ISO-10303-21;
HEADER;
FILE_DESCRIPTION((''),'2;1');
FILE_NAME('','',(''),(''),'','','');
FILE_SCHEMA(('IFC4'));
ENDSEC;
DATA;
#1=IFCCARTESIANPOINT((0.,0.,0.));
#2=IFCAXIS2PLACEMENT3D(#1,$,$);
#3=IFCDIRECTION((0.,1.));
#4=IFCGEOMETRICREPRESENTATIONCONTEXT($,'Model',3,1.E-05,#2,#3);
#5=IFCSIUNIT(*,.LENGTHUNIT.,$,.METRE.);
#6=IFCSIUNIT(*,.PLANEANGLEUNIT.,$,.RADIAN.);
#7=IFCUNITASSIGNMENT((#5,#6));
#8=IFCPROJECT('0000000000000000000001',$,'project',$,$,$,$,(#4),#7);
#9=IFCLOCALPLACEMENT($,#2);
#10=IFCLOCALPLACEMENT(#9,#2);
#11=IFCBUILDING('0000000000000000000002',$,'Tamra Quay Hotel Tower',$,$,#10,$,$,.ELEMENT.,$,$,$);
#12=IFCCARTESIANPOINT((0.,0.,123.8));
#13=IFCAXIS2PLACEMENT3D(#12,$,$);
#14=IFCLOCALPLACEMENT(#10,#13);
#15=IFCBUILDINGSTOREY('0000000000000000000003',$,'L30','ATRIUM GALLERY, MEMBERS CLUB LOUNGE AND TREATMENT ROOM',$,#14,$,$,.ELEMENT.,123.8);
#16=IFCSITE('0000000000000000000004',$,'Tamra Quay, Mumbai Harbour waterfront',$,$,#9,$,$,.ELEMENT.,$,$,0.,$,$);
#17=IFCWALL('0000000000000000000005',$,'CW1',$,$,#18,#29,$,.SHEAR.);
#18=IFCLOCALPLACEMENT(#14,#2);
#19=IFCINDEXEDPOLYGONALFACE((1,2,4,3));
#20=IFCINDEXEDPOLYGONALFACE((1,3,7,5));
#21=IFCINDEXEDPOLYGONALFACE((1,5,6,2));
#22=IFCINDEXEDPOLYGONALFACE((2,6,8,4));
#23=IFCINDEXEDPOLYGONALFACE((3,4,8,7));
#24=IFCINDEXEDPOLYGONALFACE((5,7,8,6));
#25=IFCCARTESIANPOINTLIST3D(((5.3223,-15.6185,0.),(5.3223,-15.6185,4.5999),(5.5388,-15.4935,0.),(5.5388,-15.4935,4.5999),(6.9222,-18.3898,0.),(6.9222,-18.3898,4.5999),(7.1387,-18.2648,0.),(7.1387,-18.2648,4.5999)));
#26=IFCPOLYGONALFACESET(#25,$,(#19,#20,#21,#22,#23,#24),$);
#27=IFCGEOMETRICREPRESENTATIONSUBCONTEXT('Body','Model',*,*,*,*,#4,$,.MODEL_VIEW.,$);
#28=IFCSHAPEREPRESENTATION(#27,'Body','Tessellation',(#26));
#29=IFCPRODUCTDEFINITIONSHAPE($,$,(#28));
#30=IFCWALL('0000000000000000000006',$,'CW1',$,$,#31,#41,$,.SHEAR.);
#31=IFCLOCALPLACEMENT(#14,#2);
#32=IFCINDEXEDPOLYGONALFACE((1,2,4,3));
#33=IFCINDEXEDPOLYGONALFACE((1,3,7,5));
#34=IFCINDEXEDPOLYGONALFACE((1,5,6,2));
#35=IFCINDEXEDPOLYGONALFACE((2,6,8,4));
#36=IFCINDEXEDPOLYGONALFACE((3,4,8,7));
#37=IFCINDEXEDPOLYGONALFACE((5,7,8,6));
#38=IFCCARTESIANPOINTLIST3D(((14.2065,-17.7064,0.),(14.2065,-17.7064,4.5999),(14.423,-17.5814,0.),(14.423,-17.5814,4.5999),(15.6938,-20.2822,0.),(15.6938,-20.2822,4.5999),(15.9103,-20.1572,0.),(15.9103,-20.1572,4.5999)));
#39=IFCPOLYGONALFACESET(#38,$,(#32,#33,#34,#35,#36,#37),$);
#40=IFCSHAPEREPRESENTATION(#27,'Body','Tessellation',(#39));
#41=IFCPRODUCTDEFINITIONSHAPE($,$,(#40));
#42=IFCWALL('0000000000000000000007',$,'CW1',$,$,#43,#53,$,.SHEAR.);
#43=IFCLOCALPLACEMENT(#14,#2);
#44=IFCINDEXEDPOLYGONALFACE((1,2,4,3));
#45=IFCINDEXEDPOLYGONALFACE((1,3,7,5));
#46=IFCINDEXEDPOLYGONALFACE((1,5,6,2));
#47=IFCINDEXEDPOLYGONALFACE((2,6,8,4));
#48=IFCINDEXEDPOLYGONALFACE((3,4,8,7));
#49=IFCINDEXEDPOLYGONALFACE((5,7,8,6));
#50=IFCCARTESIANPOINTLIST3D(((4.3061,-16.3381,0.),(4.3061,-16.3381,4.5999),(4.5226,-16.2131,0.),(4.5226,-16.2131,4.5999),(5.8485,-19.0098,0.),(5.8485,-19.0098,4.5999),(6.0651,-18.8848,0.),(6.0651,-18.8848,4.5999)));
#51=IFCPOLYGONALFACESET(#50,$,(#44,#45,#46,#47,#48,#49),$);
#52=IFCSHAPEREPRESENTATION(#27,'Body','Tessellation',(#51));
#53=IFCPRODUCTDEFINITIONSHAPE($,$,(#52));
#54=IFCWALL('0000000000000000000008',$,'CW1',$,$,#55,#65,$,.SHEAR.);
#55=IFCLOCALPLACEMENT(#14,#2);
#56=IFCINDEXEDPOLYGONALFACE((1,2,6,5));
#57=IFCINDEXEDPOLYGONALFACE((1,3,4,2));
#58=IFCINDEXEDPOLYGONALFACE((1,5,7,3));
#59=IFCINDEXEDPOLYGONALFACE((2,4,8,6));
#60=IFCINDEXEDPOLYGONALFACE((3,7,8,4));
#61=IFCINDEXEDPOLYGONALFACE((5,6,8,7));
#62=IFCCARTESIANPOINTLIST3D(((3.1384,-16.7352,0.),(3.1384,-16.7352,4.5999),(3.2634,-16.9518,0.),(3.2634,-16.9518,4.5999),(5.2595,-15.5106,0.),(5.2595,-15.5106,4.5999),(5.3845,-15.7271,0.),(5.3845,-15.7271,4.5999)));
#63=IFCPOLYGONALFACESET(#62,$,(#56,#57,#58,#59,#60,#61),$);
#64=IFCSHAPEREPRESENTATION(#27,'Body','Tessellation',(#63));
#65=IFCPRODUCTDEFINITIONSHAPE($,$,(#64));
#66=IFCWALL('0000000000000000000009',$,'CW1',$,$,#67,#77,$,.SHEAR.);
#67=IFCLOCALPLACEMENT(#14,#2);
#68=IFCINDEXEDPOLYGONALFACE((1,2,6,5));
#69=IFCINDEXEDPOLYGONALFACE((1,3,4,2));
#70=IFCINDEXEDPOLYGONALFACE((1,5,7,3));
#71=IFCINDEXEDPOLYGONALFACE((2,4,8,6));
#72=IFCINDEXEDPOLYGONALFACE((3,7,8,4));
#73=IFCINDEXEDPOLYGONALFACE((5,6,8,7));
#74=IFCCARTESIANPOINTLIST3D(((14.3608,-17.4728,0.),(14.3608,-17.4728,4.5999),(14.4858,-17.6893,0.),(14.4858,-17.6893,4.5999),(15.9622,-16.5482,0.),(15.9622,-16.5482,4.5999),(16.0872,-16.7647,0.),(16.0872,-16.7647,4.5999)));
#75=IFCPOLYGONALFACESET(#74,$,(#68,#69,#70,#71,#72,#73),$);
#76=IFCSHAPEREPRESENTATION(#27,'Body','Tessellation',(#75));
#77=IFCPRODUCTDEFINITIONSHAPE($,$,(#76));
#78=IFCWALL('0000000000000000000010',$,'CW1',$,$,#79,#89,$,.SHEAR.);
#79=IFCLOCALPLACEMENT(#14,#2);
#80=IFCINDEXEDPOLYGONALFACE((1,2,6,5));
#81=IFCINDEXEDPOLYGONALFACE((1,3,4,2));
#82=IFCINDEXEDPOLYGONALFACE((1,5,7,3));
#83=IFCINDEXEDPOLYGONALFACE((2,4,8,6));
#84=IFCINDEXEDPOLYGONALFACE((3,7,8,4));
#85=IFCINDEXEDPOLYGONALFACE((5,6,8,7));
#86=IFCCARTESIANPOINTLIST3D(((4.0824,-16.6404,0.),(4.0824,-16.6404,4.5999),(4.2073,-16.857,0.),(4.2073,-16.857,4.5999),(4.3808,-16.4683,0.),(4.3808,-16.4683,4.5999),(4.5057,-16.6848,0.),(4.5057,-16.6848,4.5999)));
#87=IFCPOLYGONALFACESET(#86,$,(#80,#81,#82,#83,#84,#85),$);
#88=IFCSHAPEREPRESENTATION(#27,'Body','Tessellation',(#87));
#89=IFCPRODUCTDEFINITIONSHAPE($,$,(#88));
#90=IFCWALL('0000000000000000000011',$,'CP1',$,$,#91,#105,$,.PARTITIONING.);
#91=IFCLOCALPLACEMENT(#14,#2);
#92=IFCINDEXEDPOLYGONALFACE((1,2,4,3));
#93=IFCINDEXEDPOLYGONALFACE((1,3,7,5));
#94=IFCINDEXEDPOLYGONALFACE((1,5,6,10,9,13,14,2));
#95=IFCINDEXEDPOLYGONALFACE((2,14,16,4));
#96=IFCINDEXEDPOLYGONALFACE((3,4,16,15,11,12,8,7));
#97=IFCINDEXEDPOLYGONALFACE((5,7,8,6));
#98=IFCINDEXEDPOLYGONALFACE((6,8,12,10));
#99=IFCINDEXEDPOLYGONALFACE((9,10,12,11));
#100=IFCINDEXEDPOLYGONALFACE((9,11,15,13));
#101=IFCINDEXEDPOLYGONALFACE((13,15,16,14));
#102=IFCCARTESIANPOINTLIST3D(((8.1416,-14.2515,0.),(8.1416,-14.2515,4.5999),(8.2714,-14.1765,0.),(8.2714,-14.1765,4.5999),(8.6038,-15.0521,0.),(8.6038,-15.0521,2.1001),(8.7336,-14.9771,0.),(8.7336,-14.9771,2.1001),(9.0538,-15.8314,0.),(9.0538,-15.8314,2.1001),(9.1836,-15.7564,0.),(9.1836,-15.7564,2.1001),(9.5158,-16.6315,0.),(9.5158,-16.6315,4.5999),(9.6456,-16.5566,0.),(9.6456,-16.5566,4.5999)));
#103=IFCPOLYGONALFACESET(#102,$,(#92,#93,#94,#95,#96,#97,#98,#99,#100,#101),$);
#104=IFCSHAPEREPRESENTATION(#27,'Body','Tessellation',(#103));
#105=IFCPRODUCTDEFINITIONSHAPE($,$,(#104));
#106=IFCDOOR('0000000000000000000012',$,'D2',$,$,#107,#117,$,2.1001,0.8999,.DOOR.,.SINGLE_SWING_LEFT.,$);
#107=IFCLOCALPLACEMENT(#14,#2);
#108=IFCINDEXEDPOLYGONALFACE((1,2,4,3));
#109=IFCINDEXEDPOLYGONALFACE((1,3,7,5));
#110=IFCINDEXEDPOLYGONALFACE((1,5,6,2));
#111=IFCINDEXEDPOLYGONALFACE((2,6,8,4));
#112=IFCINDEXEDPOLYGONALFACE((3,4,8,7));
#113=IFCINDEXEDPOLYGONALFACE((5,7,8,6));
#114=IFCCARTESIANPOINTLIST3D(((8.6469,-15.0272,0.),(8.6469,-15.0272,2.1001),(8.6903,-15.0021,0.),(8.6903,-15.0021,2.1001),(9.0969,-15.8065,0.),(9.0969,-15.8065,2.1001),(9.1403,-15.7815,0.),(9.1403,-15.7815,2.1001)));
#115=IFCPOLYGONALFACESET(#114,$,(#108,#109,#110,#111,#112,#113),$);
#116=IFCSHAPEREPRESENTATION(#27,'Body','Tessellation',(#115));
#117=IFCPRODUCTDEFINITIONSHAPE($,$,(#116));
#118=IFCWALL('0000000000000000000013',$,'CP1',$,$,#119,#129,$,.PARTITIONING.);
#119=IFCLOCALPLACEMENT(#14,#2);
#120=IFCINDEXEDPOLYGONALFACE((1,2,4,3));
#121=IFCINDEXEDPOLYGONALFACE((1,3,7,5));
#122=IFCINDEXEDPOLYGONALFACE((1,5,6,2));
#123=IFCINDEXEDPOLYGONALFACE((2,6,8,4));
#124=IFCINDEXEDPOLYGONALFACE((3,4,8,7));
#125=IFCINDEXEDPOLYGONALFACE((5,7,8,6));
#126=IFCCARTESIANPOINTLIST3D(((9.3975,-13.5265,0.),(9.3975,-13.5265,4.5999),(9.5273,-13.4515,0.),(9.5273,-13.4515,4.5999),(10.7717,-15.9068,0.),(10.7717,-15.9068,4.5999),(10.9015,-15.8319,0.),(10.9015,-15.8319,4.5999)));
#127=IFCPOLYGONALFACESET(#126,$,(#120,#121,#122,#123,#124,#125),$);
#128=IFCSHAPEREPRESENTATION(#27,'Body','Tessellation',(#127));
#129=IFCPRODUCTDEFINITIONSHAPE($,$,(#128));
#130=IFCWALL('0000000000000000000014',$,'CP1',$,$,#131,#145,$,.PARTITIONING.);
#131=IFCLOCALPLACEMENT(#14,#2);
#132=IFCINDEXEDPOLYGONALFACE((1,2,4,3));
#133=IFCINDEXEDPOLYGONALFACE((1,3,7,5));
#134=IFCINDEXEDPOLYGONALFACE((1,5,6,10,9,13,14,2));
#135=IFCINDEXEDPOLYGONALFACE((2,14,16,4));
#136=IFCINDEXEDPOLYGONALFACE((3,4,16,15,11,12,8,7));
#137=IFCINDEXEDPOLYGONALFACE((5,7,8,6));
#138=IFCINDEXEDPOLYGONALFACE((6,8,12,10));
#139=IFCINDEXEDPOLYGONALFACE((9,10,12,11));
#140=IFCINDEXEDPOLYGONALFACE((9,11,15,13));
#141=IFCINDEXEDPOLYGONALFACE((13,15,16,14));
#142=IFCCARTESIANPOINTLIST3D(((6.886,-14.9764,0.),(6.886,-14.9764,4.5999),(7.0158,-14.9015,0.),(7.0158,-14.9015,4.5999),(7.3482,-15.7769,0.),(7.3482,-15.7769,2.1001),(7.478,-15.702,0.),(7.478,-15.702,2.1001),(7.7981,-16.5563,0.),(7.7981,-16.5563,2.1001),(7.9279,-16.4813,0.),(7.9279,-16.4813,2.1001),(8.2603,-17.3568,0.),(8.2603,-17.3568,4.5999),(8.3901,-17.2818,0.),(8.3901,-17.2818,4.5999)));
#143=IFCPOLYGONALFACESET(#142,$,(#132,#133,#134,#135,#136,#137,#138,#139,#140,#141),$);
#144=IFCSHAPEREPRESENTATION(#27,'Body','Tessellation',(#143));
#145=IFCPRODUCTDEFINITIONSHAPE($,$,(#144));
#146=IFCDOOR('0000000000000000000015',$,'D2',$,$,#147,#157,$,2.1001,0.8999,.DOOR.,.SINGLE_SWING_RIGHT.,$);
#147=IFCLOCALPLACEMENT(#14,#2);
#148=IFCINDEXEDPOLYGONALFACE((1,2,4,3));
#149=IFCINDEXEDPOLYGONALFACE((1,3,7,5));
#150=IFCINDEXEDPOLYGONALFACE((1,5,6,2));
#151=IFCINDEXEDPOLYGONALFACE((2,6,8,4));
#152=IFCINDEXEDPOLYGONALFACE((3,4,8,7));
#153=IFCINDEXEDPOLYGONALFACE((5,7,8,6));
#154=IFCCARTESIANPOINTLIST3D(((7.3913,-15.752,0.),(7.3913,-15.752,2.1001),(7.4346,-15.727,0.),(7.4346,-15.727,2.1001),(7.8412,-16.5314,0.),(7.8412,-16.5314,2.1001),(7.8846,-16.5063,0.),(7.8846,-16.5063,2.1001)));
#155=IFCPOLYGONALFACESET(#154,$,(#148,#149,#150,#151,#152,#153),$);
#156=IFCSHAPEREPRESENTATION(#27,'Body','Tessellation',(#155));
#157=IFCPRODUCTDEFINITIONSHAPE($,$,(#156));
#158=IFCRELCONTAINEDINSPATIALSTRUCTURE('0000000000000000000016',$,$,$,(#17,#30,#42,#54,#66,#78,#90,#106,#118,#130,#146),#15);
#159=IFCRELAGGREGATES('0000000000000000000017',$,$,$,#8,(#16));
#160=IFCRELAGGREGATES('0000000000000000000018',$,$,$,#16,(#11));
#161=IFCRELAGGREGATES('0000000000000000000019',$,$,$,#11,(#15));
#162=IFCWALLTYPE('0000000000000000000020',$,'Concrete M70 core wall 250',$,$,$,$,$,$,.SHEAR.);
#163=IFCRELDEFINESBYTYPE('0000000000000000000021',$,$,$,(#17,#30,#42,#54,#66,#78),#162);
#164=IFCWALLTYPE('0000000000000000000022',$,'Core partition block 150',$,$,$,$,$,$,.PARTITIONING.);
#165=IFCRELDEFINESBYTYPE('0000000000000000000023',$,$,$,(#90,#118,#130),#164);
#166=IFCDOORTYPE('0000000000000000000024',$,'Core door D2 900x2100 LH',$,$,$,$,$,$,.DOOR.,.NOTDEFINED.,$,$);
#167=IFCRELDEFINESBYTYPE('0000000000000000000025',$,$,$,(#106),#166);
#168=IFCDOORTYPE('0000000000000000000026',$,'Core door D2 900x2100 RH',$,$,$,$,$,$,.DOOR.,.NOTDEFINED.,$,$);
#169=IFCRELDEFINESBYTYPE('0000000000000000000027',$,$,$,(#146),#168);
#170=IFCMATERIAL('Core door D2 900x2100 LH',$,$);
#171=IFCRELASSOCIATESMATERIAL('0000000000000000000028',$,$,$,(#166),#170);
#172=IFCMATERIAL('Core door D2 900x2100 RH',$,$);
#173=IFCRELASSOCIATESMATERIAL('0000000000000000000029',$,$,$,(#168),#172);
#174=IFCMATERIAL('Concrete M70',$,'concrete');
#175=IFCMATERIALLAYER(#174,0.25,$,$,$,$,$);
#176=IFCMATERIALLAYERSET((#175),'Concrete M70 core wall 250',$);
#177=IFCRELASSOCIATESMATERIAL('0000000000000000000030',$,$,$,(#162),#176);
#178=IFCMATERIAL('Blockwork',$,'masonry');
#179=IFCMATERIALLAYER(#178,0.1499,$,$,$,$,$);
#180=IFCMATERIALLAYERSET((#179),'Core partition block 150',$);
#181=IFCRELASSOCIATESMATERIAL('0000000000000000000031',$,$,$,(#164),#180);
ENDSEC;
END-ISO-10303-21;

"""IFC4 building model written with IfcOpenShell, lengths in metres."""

from ifc_helpers import new_model, si_unit, direction, frame, frame_2d, origin, place, context, subcontext, project, spatial, rectangle, extrude, material, layer, layer_set, type_object, element, fill, save


model = new_model("IFC4")

# Units and contexts
model_context = context("Model", 3, precision=1e-05, world=origin(), true_north=direction((0.0, 1.0)))
body_context = subcontext(model_context, "Body", "Model", "MODEL_VIEW")
ifc_project = project(units=[si_unit("LENGTHUNIT", "METRE"), si_unit("PLANEANGLEUNIT", "RADIAN")], contexts=[model_context])

# Site, building, storey
site_placement = place(None, origin())
site = spatial("IfcSite", under=ifc_project, at=site_placement, Name="Tamra Quay, Mumbai Harbour waterfront", CompositionType="ELEMENT", RefElevation=0.0)
building_placement = place(site_placement, origin())
building = spatial("IfcBuilding", under=site, at=building_placement, Name="Tamra Quay Hotel Tower", CompositionType="ELEMENT")
storey_placement = place(building_placement, frame((0.0, 0.0, 123.8)))
storey = spatial("IfcBuildingStorey", under=building, at=storey_placement, Name="L30", Description="ATRIUM GALLERY, MEMBERS CLUB LOUNGE AND TREATMENT ROOM", CompositionType="ELEMENT", Elevation=123.8)

# Shared definitions
ifc_material_1 = material(Name="Concrete M70", Category="concrete")

# Shared definitions
ifc_material_2 = material(Name="Core door D2 900x2100 LH")
door_type_1 = type_object("IfcDoorType", Name="Core door D2 900x2100 LH", OperationType="NOTDEFINED", PredefinedType="DOOR", material=ifc_material_2)
ifc_material_3 = material(Name="Core door D2 900x2100 RH")
door_type_2 = type_object("IfcDoorType", Name="Core door D2 900x2100 RH", OperationType="NOTDEFINED", PredefinedType="DOOR", material=ifc_material_3)

# Walls
ifc_layer_1 = layer(ifc_material_1, 0.25)
ifc_layer_set_1 = layer_set([ifc_layer_1], Name="Concrete M70 core wall 250")
wall_type_1 = type_object("IfcWallType", Name="Concrete M70 core wall 250", PredefinedType="SHEAR", material=ifc_layer_set_1)
wall_1_placement = place(storey_placement, frame((7.0305, -18.3274, 0.0), z_axis=(0.0, 0.0, 1.0), x_axis=(-0.499971, 0.866042, 0.0)))
element("IfcWall", 1, at=wall_1_placement, inside=storey, type_object=wall_type_1, Name="CW1", PredefinedType="SHEAR", context=body_context, shape_type="SweptSolid", body=[
    extrude(rectangle(XDim=3.2, YDim=0.25, at=frame_2d((1.6001, 0.0))), origin(), (0.0, 0.0, 1.0), 4.5999),
])
wall_2_placement = place(storey_placement, frame((14.3147, -17.6438, 0.0), z_axis=(0.0, 0.0, 1.0), x_axis=(0.500023, -0.866012, 0.0)))
element("IfcWall", 2, at=wall_2_placement, inside=storey, type_object=wall_type_1, Name="CW1", PredefinedType="SHEAR", context=body_context, shape_type="SweptSolid", body=[
    extrude(rectangle(XDim=2.9744, YDim=0.25, at=frame_2d((1.4873, 0.0))), origin(), (0.0, 0.0, 1.0), 4.5999),
])
wall_3_placement = place(storey_placement, frame((4.4143, -16.2756, 0.0), z_axis=(0.0, 0.0, 1.0), x_axis=(0.500003, -0.866023, 0.0)))
element("IfcWall", 3, at=wall_3_placement, inside=storey, type_object=wall_type_1, Name="CW1", PredefinedType="SHEAR", context=body_context, shape_type="SweptSolid", body=[
    extrude(rectangle(XDim=3.085, YDim=0.25, at=frame_2d((1.5425, 0.0))), origin(), (0.0, 0.0, 1.0), 4.5999),
])
wall_4_placement = place(storey_placement, frame((5.322, -15.6189, 0.0), z_axis=(0.0, 0.0, 1.0), x_axis=(-0.866026, -0.499999, 0.0)))
element("IfcWall", 4, at=wall_4_placement, inside=storey, type_object=wall_type_1, Name="CW1", PredefinedType="SHEAR", context=body_context, shape_type="SweptSolid", body=[
    extrude(rectangle(XDim=2.4492, YDim=0.25, at=frame_2d((1.2246, 0.0))), origin(), (0.0, 0.0, 1.0), 4.5999),
])
wall_5_placement = place(storey_placement, frame((16.0247, -16.6565, 0.0), z_axis=(0.0, 0.0, 1.0), x_axis=(-0.866016, -0.500016, 0.0)))
element("IfcWall", 5, at=wall_5_placement, inside=storey, type_object=wall_type_1, Name="CW1", PredefinedType="SHEAR", context=body_context, shape_type="SweptSolid", body=[
    extrude(rectangle(XDim=1.8491, YDim=0.25, at=frame_2d((0.9246, 0.0))), origin(), (0.0, 0.0, 1.0), 4.5999),
])
wall_6_placement = place(storey_placement, frame((4.1448, -16.7488, 0.0), z_axis=(0.0, 0.0, 1.0), x_axis=(0.866186, 0.499722, 0.0)))
element("IfcWall", 6, at=wall_6_placement, inside=storey, type_object=wall_type_1, Name="CW1", PredefinedType="SHEAR", context=body_context, shape_type="SweptSolid", body=[
    extrude(rectangle(XDim=0.3445, YDim=0.25, at=frame_2d((0.1724, 0.0))), origin(), (0.0, 0.0, 1.0), 4.5999),
])

# Wall, opening, door
ifc_material_4 = material(Name="Blockwork", Category="masonry")
ifc_layer_2 = layer(ifc_material_4, 0.1499)
ifc_layer_set_2 = layer_set([ifc_layer_2], Name="Core partition block 150")
wall_type_2 = type_object("IfcWallType", Name="Core partition block 150", PredefinedType="PARTITIONING", material=ifc_layer_set_2)
wall_7_placement = place(storey_placement, frame((8.2065, -14.2141, 0.0), z_axis=(0.0, 0.0, 1.0), x_axis=(0.500027, -0.86601, 0.0)))
wall_7 = element("IfcWall", 7, at=wall_7_placement, inside=storey, type_object=wall_type_2, Name="CP1", PredefinedType="PARTITIONING", context=body_context, shape_type="SweptSolid", body=[
    extrude(rectangle(XDim=2.7483, YDim=0.1499, at=frame_2d((1.374, 0.0))), origin(), (0.0, 0.0, 1.0), 4.5999),
])
opening_1_placement = place(wall_7_placement, frame((0.9243, 0.0, 0.0)))
opening_1 = element("IfcOpeningElement", 8, at=opening_1_placement, cuts=wall_7, PredefinedType="OPENING", context=body_context, shape_type="SweptSolid", body=[
    extrude(rectangle(XDim=0.8999, YDim=2.1001, at=frame_2d((0.45, 1.05))), frame((0.0, 0.085, 0.0), z_axis=(0.0, -1.0, 0.0), x_axis=(1.0, 0.0, 0.0)), (0.0, 0.0, 1.0), 0.1699),
])
door_1_placement = place(opening_1_placement, origin())
door_1 = element("IfcDoor", 9, at=door_1_placement, inside=storey, type_object=door_type_1, Name="D2", OperationType="SINGLE_SWING_LEFT", OverallHeight=2.1001, OverallWidth=0.8999, PredefinedType="DOOR", context=body_context, shape_type="SweptSolid", body=[
    extrude(rectangle(XDim=0.8999, YDim=2.1001, at=frame_2d((0.45, 1.05))), frame((0.0, 0.0249, 0.0), z_axis=(0.0, -1.0, 0.0), x_axis=(1.0, 0.0, 0.0)), (0.0, 0.0, 1.0), 0.05),
])
fill(opening_1, door_1)

# Wall
wall_8_placement = place(storey_placement, frame((9.4624, -13.489, 0.0), z_axis=(0.0, 0.0, 1.0), x_axis=(0.499989, -0.866032, 0.0)))
element("IfcWall", 10, at=wall_8_placement, inside=storey, type_object=wall_type_2, Name="CP1", PredefinedType="PARTITIONING", context=body_context, shape_type="SweptSolid", body=[
    extrude(rectangle(XDim=2.7485, YDim=0.1499, at=frame_2d((1.3743, 0.0))), origin(), (0.0, 0.0, 1.0), 4.5999),
])

# Wall, opening, door
wall_9_placement = place(storey_placement, frame((6.9509, -14.939, 0.0), z_axis=(0.0, 0.0, 1.0), x_axis=(0.499989, -0.866032, 0.0)))
wall_9 = element("IfcWall", 11, at=wall_9_placement, inside=storey, type_object=wall_type_2, Name="CP1", PredefinedType="PARTITIONING", context=body_context, shape_type="SweptSolid", body=[
    extrude(rectangle(XDim=2.7485, YDim=0.1499, at=frame_2d((1.3743, 0.0))), origin(), (0.0, 0.0, 1.0), 4.5999),
])
opening_2_placement = place(wall_9_placement, frame((0.9243, 0.0, 0.0)))
opening_2 = element("IfcOpeningElement", 12, at=opening_2_placement, cuts=wall_9, PredefinedType="OPENING", context=body_context, shape_type="SweptSolid", body=[
    extrude(rectangle(XDim=0.8999, YDim=2.1001, at=frame_2d((0.45, 1.05))), frame((0.0, 0.085, 0.0), z_axis=(0.0, -1.0, 0.0), x_axis=(1.0, 0.0, 0.0)), (0.0, 0.0, 1.0), 0.1699),
])
door_2_placement = place(opening_2_placement, origin())
door_2 = element("IfcDoor", 13, at=door_2_placement, inside=storey, type_object=door_type_2, Name="D2", OperationType="SINGLE_SWING_RIGHT", OverallHeight=2.1001, OverallWidth=0.8999, PredefinedType="DOOR", context=body_context, shape_type="SweptSolid", body=[
    extrude(rectangle(XDim=0.8999, YDim=2.1001, at=frame_2d((0.45, 1.05))), frame((0.0, 0.0249, 0.0), z_axis=(0.0, -1.0, 0.0), x_axis=(1.0, 0.0, 0.0)), (0.0, 0.0, 1.0), 0.05),
])
fill(opening_2, door_2)

save(model, "model.ifc")
